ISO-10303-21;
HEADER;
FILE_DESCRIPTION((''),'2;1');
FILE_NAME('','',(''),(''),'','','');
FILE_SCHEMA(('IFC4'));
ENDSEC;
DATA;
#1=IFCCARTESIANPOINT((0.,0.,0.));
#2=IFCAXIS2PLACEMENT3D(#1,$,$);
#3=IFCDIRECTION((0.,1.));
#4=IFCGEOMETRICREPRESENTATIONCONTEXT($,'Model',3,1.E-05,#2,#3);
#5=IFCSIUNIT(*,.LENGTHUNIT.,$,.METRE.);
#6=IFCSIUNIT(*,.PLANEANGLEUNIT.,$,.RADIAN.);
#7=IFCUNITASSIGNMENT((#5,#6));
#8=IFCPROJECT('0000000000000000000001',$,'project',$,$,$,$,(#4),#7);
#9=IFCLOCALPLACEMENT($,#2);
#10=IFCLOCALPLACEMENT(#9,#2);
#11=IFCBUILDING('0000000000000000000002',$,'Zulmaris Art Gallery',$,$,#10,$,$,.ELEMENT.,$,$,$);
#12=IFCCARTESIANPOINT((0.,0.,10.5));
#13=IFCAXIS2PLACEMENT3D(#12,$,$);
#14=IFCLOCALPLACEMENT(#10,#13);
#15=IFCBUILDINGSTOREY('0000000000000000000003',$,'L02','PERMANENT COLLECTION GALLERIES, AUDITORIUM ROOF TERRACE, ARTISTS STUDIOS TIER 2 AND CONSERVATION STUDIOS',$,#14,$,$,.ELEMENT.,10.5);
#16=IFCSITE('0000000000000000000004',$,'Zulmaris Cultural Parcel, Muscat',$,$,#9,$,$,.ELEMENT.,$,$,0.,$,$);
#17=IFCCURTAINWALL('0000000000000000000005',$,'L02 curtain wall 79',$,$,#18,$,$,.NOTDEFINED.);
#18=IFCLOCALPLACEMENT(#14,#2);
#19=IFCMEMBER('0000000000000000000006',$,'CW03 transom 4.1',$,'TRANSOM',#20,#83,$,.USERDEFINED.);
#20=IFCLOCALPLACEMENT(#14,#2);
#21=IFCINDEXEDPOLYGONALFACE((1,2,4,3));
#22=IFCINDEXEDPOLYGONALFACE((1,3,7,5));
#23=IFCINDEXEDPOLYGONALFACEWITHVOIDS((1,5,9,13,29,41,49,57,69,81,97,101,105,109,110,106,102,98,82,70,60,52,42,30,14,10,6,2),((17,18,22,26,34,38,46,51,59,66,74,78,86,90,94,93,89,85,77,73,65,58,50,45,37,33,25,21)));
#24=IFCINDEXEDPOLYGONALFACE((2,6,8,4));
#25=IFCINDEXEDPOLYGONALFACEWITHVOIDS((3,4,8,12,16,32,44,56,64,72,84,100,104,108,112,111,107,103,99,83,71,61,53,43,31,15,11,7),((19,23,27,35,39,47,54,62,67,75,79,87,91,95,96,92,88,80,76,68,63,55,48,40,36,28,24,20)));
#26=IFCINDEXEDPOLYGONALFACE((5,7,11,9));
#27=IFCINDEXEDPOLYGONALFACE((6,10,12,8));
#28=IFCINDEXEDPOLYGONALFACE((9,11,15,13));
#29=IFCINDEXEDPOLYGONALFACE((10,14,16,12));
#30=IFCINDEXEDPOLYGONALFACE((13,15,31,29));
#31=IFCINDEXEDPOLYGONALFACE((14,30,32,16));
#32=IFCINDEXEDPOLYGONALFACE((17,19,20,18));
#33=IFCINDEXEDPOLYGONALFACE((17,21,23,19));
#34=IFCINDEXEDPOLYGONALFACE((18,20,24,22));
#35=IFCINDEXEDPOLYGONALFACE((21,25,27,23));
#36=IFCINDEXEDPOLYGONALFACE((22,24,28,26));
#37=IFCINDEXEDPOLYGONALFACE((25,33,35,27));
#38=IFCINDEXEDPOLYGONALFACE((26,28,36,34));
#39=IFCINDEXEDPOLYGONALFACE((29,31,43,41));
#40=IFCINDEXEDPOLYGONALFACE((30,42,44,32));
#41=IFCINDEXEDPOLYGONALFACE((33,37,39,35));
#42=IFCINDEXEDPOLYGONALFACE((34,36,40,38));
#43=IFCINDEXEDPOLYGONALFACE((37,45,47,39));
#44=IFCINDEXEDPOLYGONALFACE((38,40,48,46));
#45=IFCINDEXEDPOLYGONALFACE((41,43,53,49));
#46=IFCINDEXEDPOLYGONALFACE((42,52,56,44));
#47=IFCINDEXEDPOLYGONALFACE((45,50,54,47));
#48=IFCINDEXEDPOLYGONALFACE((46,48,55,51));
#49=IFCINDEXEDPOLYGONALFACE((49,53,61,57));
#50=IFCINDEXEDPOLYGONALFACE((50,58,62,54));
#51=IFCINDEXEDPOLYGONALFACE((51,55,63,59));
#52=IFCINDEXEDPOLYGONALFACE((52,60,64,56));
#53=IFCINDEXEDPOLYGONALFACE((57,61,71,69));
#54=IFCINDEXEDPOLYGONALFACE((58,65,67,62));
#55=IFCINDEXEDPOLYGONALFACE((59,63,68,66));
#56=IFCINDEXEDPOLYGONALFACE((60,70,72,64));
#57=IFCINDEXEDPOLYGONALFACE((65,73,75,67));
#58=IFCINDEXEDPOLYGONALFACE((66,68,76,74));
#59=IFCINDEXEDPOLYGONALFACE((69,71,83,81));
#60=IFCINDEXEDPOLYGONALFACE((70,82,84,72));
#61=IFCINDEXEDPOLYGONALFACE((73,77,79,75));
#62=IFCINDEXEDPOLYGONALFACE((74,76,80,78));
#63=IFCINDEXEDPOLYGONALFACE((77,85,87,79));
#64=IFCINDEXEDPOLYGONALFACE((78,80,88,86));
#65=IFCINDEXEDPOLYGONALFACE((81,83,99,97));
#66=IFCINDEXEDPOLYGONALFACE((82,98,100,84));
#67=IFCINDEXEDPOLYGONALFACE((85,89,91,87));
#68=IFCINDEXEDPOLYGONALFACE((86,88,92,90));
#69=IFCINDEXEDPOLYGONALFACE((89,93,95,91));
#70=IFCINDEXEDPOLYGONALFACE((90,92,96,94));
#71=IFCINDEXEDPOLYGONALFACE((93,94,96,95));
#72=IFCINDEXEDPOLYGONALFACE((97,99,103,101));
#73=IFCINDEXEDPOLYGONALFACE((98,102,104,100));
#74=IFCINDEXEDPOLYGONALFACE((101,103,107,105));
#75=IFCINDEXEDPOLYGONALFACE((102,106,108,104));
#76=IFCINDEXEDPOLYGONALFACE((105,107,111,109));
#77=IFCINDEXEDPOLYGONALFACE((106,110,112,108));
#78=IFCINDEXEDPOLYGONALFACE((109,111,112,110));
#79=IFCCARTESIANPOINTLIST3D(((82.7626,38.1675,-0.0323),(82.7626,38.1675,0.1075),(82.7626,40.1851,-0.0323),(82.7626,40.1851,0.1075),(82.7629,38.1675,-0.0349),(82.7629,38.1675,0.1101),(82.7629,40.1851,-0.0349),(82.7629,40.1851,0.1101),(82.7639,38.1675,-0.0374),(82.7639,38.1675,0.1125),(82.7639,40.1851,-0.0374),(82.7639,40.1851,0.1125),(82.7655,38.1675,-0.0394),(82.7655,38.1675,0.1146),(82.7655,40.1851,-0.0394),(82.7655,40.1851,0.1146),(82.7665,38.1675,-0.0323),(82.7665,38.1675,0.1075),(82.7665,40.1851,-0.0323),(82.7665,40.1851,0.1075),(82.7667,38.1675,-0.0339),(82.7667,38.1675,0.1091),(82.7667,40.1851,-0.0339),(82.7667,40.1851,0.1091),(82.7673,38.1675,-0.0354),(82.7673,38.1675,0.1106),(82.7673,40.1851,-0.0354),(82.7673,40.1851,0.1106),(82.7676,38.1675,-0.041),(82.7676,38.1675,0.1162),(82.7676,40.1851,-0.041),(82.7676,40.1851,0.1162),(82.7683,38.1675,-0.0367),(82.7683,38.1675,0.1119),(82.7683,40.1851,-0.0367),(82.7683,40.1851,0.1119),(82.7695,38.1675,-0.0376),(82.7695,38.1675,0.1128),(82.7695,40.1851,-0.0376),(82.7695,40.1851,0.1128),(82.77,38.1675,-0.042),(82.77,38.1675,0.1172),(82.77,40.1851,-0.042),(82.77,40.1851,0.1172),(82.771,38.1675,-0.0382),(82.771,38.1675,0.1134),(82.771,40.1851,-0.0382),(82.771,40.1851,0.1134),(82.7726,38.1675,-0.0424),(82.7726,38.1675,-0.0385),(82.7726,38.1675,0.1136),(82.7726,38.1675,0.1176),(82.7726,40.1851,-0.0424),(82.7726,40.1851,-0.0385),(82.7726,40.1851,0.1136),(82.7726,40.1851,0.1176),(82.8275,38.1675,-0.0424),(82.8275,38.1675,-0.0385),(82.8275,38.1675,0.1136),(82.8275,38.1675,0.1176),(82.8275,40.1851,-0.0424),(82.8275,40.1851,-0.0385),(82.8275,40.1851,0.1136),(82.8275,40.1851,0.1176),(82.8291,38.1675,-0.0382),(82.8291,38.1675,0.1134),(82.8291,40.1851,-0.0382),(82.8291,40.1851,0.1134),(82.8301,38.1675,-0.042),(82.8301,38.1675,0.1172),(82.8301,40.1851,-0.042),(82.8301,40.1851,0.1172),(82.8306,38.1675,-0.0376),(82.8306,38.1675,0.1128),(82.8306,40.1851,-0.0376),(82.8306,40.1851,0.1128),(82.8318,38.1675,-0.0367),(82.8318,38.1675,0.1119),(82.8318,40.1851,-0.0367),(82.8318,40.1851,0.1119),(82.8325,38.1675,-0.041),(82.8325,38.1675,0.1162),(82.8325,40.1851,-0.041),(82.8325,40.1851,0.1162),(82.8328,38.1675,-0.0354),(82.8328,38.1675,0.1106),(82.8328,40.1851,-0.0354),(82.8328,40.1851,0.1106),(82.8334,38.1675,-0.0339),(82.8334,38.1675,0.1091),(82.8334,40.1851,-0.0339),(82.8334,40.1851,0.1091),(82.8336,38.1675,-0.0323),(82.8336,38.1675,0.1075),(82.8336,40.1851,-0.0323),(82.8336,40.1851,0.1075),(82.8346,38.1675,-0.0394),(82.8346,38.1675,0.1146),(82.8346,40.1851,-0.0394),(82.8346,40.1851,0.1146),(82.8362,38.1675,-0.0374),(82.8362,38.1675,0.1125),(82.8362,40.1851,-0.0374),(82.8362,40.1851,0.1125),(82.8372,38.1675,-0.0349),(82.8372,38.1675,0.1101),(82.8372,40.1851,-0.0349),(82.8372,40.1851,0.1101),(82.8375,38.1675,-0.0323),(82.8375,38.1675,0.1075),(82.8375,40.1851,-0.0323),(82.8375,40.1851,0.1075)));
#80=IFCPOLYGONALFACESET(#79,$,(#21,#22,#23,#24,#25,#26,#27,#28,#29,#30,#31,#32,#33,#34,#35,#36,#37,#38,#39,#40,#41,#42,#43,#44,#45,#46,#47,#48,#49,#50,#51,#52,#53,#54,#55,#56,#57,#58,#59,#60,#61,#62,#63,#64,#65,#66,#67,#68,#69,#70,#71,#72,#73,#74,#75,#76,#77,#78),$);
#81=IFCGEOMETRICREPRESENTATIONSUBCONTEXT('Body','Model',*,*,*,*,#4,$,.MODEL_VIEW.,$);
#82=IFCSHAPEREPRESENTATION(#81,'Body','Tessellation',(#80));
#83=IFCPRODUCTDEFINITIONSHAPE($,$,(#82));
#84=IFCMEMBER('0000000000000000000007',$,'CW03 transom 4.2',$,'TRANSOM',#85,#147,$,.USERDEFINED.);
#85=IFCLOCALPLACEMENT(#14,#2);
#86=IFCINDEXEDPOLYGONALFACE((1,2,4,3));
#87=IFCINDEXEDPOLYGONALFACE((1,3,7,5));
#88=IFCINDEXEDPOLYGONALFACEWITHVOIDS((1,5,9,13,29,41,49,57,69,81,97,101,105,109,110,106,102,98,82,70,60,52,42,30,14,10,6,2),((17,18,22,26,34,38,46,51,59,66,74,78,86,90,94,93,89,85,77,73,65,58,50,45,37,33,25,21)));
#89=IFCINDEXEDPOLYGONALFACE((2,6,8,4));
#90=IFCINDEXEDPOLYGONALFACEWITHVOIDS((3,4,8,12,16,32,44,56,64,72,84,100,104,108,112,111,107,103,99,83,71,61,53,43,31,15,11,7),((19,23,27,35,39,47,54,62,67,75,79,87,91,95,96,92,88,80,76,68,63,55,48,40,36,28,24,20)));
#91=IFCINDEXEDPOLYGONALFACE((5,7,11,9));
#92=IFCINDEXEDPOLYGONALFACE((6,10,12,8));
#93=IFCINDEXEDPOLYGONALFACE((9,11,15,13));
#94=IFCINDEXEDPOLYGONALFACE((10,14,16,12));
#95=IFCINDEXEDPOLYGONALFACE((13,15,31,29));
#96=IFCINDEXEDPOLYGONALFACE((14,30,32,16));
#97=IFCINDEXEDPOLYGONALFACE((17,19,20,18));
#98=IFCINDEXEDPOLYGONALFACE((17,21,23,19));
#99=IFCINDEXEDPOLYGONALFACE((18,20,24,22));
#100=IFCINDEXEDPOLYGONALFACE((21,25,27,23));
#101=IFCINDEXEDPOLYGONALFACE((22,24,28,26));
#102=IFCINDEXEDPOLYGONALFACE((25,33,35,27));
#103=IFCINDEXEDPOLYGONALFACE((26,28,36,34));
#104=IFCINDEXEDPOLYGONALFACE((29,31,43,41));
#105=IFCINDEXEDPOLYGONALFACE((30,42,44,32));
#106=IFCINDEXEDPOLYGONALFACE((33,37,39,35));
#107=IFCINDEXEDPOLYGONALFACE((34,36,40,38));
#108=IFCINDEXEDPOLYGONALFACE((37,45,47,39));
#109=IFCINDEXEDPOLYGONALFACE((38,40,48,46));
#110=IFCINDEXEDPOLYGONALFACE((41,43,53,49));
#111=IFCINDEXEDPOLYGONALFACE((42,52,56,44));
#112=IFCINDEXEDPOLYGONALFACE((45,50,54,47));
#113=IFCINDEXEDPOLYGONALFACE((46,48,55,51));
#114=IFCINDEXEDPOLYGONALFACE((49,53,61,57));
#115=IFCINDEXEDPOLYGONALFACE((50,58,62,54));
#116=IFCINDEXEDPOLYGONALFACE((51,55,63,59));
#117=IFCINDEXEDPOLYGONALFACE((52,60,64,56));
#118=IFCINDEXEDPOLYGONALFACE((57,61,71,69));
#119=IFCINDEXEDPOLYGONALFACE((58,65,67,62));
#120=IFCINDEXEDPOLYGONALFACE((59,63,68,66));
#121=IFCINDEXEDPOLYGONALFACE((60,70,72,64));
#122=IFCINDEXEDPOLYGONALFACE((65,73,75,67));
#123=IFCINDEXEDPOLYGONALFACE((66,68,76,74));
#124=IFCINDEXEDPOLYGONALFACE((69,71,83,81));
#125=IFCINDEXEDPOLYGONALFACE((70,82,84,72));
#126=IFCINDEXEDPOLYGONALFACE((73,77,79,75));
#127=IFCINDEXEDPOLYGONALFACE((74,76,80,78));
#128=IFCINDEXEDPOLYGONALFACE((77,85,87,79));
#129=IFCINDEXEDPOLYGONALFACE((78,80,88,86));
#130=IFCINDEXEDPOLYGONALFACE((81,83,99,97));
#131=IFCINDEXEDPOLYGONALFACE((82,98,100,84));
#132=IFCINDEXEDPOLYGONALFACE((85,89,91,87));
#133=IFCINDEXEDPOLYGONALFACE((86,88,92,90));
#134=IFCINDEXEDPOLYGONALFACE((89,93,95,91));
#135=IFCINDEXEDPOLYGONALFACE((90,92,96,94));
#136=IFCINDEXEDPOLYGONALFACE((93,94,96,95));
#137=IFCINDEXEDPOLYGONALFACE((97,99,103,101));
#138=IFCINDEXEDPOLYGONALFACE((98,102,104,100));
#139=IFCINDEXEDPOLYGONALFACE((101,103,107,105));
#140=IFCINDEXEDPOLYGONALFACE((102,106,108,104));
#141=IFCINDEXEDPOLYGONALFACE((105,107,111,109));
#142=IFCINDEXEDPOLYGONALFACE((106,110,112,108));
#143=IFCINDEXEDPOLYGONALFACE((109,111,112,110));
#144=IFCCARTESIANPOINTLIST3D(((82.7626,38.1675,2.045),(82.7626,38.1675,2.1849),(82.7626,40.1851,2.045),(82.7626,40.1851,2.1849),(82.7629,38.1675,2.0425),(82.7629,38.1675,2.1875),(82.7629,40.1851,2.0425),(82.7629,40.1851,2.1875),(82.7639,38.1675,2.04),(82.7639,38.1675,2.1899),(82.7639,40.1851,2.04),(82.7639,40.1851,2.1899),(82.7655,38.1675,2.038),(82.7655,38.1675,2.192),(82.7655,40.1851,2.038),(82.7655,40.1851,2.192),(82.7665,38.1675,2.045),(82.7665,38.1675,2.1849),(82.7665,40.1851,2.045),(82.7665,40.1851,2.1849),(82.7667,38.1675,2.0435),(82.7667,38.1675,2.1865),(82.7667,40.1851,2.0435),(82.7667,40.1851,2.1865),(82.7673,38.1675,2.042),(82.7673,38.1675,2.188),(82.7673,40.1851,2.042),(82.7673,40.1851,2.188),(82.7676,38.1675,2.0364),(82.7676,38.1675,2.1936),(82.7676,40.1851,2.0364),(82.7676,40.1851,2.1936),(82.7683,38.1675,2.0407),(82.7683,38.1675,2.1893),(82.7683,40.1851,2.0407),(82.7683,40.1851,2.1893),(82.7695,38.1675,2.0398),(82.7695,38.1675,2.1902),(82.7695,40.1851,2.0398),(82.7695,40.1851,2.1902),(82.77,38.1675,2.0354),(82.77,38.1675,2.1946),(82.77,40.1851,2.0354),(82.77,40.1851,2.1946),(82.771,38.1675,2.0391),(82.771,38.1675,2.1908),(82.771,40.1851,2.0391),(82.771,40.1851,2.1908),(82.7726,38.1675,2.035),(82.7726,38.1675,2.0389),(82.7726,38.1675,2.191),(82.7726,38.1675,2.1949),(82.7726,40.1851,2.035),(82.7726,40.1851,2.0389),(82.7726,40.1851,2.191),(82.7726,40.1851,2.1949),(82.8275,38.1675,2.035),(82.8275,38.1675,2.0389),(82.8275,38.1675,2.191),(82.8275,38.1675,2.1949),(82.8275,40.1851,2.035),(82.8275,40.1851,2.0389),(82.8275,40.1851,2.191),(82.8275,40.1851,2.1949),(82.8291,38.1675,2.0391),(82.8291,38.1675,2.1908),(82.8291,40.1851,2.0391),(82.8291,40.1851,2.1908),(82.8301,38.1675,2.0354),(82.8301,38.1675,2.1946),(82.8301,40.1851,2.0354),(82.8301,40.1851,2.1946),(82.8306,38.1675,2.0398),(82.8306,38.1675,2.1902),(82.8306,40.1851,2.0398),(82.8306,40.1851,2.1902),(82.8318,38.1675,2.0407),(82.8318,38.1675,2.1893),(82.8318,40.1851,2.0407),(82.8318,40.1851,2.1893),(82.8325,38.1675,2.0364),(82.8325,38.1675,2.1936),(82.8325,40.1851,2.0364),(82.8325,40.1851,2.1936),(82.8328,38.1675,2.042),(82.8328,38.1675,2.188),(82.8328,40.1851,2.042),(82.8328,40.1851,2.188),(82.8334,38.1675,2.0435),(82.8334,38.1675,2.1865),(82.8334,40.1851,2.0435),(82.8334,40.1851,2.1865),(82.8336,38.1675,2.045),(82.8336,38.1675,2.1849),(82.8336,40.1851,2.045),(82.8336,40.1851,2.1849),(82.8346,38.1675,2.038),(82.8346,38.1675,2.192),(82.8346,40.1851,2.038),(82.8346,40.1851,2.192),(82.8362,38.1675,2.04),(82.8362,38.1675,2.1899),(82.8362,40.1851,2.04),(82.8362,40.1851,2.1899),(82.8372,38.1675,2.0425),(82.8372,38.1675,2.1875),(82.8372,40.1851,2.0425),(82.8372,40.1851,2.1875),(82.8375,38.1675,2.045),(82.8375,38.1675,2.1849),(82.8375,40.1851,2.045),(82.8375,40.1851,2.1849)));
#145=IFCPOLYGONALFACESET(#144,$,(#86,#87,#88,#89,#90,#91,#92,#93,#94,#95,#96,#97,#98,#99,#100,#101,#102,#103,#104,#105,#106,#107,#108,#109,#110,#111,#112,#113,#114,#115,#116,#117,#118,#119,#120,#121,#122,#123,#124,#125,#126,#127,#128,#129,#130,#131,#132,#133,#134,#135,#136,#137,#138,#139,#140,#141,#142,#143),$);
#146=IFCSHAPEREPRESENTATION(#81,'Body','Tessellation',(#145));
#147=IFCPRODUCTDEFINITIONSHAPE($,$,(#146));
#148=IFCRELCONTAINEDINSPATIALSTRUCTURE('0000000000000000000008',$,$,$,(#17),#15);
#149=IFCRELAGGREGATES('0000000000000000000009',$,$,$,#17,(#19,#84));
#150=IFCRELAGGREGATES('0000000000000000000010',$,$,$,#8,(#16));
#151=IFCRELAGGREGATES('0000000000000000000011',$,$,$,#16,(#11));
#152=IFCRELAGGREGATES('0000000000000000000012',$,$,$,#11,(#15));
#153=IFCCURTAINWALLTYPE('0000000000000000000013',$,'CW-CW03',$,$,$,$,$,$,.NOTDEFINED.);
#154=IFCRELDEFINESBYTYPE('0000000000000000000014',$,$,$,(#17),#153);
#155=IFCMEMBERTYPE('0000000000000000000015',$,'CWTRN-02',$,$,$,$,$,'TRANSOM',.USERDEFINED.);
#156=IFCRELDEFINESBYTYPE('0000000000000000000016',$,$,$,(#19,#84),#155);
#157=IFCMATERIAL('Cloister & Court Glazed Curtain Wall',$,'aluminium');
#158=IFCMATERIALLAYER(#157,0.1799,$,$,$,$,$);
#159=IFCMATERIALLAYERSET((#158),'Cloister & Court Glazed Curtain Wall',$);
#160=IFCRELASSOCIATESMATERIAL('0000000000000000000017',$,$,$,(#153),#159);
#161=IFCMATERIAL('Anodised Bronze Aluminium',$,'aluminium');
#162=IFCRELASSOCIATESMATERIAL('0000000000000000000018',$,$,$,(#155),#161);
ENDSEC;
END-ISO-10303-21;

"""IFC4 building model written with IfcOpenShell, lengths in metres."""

from ifc_helpers import new_model, si_unit, direction, frame, origin, origin_2d, place, context, subcontext, project, spatial, hollow_rectangle, extrude, material, layer, layer_set, material_profile, profile_set, type_object, element, aggregate, save


model = new_model("IFC4")

# Units and contexts
model_context = context("Model", 3, precision=1e-05, world=origin(), true_north=direction((0.0, 1.0)))
body_context = subcontext(model_context, "Body", "Model", "MODEL_VIEW")
ifc_project = project(units=[si_unit("LENGTHUNIT", "METRE"), si_unit("PLANEANGLEUNIT", "RADIAN")], contexts=[model_context])

# Site, building, storey
site_placement = place(None, origin())
site = spatial("IfcSite", under=ifc_project, at=site_placement, Name="Zulmaris Cultural Parcel, Muscat", CompositionType="ELEMENT", RefElevation=0.0)
building_placement = place(site_placement, origin())
building = spatial("IfcBuilding", under=site, at=building_placement, Name="Zulmaris Art Gallery", CompositionType="ELEMENT")
storey_placement = place(building_placement, frame((0.0, 0.0, 10.5)))
storey = spatial("IfcBuildingStorey", under=building, at=storey_placement, Name="L02", Description="PERMANENT COLLECTION GALLERIES, AUDITORIUM ROOF TERRACE, ARTISTS STUDIOS TIER 2 AND CONSERVATION STUDIOS", CompositionType="ELEMENT", Elevation=10.5)

# Shared definitions
ifc_material_1 = material(Name="Cloister & Court Glazed Curtain Wall", Category="aluminium")
ifc_layer_1 = layer(ifc_material_1, 0.1799)
ifc_layer_set_1 = layer_set([ifc_layer_1], Name="Cloister & Court Glazed Curtain Wall")
curtain_wall_type = type_object("IfcCurtainWallType", Name="CW-CW03", PredefinedType="NOTDEFINED", material=ifc_layer_set_1)
ifc_material_2 = material(Name="Anodised Bronze Aluminium", Category="aluminium")

# Curtain wall, members
curtain_wall_1_placement = place(storey_placement, origin())
curtain_wall_1 = element("IfcCurtainWall", 1, at=curtain_wall_1_placement, inside=storey, type_object=curtain_wall_type, Name="L02 curtain wall 79", PredefinedType="NOTDEFINED")
ifc_material_profile_1 = material_profile(ifc_material_2, hollow_rectangle(XDim=0.075, YDim=0.1599, WallThickness=0.0039, InnerFilletRadius=0.0061, OuterFilletRadius=0.01, at=origin_2d()), Name="ALU 75x160x4")
ifc_profile_set_1 = profile_set([ifc_material_profile_1], Name="Anodised Bronze Aluminium")
member_type_1 = type_object("IfcMemberType", Name="CWTRN-02", ElementType="TRANSOM", PredefinedType="USERDEFINED", material=ifc_profile_set_1)
member_1_placement = place(storey_placement, frame((82.8, 38.1675, 0.0376), z_axis=(0.0, 1.0, 0.0), x_axis=(-1.0, 0.0, 0.0)))
member_1 = element("IfcMember", 2, at=member_1_placement, type_object=member_type_1, Name="CW03 transom 4.1", ObjectType="TRANSOM", PredefinedType="USERDEFINED", context=body_context, shape_type="SweptSolid", body=[
    extrude(hollow_rectangle(XDim=0.075, YDim=0.1599, WallThickness=0.0039, InnerFilletRadius=0.0061, OuterFilletRadius=0.01, at=origin_2d()), origin(), (0.0, 0.0, 1.0), 2.0176),
])
member_2_placement = place(storey_placement, frame((82.8, 38.1675, 2.115), z_axis=(0.0, 1.0, 0.0), x_axis=(-1.0, 0.0, 0.0)))
member_2 = element("IfcMember", 3, at=member_2_placement, type_object=member_type_1, Name="CW03 transom 4.2", ObjectType="TRANSOM", PredefinedType="USERDEFINED", context=body_context, shape_type="SweptSolid", body=[
    extrude(hollow_rectangle(XDim=0.075, YDim=0.1599, WallThickness=0.0039, InnerFilletRadius=0.0061, OuterFilletRadius=0.01, at=origin_2d()), origin(), (0.0, 0.0, 1.0), 2.0176),
])

aggregate(curtain_wall_1, [member_1, member_2])

save(model, "model.ifc")
